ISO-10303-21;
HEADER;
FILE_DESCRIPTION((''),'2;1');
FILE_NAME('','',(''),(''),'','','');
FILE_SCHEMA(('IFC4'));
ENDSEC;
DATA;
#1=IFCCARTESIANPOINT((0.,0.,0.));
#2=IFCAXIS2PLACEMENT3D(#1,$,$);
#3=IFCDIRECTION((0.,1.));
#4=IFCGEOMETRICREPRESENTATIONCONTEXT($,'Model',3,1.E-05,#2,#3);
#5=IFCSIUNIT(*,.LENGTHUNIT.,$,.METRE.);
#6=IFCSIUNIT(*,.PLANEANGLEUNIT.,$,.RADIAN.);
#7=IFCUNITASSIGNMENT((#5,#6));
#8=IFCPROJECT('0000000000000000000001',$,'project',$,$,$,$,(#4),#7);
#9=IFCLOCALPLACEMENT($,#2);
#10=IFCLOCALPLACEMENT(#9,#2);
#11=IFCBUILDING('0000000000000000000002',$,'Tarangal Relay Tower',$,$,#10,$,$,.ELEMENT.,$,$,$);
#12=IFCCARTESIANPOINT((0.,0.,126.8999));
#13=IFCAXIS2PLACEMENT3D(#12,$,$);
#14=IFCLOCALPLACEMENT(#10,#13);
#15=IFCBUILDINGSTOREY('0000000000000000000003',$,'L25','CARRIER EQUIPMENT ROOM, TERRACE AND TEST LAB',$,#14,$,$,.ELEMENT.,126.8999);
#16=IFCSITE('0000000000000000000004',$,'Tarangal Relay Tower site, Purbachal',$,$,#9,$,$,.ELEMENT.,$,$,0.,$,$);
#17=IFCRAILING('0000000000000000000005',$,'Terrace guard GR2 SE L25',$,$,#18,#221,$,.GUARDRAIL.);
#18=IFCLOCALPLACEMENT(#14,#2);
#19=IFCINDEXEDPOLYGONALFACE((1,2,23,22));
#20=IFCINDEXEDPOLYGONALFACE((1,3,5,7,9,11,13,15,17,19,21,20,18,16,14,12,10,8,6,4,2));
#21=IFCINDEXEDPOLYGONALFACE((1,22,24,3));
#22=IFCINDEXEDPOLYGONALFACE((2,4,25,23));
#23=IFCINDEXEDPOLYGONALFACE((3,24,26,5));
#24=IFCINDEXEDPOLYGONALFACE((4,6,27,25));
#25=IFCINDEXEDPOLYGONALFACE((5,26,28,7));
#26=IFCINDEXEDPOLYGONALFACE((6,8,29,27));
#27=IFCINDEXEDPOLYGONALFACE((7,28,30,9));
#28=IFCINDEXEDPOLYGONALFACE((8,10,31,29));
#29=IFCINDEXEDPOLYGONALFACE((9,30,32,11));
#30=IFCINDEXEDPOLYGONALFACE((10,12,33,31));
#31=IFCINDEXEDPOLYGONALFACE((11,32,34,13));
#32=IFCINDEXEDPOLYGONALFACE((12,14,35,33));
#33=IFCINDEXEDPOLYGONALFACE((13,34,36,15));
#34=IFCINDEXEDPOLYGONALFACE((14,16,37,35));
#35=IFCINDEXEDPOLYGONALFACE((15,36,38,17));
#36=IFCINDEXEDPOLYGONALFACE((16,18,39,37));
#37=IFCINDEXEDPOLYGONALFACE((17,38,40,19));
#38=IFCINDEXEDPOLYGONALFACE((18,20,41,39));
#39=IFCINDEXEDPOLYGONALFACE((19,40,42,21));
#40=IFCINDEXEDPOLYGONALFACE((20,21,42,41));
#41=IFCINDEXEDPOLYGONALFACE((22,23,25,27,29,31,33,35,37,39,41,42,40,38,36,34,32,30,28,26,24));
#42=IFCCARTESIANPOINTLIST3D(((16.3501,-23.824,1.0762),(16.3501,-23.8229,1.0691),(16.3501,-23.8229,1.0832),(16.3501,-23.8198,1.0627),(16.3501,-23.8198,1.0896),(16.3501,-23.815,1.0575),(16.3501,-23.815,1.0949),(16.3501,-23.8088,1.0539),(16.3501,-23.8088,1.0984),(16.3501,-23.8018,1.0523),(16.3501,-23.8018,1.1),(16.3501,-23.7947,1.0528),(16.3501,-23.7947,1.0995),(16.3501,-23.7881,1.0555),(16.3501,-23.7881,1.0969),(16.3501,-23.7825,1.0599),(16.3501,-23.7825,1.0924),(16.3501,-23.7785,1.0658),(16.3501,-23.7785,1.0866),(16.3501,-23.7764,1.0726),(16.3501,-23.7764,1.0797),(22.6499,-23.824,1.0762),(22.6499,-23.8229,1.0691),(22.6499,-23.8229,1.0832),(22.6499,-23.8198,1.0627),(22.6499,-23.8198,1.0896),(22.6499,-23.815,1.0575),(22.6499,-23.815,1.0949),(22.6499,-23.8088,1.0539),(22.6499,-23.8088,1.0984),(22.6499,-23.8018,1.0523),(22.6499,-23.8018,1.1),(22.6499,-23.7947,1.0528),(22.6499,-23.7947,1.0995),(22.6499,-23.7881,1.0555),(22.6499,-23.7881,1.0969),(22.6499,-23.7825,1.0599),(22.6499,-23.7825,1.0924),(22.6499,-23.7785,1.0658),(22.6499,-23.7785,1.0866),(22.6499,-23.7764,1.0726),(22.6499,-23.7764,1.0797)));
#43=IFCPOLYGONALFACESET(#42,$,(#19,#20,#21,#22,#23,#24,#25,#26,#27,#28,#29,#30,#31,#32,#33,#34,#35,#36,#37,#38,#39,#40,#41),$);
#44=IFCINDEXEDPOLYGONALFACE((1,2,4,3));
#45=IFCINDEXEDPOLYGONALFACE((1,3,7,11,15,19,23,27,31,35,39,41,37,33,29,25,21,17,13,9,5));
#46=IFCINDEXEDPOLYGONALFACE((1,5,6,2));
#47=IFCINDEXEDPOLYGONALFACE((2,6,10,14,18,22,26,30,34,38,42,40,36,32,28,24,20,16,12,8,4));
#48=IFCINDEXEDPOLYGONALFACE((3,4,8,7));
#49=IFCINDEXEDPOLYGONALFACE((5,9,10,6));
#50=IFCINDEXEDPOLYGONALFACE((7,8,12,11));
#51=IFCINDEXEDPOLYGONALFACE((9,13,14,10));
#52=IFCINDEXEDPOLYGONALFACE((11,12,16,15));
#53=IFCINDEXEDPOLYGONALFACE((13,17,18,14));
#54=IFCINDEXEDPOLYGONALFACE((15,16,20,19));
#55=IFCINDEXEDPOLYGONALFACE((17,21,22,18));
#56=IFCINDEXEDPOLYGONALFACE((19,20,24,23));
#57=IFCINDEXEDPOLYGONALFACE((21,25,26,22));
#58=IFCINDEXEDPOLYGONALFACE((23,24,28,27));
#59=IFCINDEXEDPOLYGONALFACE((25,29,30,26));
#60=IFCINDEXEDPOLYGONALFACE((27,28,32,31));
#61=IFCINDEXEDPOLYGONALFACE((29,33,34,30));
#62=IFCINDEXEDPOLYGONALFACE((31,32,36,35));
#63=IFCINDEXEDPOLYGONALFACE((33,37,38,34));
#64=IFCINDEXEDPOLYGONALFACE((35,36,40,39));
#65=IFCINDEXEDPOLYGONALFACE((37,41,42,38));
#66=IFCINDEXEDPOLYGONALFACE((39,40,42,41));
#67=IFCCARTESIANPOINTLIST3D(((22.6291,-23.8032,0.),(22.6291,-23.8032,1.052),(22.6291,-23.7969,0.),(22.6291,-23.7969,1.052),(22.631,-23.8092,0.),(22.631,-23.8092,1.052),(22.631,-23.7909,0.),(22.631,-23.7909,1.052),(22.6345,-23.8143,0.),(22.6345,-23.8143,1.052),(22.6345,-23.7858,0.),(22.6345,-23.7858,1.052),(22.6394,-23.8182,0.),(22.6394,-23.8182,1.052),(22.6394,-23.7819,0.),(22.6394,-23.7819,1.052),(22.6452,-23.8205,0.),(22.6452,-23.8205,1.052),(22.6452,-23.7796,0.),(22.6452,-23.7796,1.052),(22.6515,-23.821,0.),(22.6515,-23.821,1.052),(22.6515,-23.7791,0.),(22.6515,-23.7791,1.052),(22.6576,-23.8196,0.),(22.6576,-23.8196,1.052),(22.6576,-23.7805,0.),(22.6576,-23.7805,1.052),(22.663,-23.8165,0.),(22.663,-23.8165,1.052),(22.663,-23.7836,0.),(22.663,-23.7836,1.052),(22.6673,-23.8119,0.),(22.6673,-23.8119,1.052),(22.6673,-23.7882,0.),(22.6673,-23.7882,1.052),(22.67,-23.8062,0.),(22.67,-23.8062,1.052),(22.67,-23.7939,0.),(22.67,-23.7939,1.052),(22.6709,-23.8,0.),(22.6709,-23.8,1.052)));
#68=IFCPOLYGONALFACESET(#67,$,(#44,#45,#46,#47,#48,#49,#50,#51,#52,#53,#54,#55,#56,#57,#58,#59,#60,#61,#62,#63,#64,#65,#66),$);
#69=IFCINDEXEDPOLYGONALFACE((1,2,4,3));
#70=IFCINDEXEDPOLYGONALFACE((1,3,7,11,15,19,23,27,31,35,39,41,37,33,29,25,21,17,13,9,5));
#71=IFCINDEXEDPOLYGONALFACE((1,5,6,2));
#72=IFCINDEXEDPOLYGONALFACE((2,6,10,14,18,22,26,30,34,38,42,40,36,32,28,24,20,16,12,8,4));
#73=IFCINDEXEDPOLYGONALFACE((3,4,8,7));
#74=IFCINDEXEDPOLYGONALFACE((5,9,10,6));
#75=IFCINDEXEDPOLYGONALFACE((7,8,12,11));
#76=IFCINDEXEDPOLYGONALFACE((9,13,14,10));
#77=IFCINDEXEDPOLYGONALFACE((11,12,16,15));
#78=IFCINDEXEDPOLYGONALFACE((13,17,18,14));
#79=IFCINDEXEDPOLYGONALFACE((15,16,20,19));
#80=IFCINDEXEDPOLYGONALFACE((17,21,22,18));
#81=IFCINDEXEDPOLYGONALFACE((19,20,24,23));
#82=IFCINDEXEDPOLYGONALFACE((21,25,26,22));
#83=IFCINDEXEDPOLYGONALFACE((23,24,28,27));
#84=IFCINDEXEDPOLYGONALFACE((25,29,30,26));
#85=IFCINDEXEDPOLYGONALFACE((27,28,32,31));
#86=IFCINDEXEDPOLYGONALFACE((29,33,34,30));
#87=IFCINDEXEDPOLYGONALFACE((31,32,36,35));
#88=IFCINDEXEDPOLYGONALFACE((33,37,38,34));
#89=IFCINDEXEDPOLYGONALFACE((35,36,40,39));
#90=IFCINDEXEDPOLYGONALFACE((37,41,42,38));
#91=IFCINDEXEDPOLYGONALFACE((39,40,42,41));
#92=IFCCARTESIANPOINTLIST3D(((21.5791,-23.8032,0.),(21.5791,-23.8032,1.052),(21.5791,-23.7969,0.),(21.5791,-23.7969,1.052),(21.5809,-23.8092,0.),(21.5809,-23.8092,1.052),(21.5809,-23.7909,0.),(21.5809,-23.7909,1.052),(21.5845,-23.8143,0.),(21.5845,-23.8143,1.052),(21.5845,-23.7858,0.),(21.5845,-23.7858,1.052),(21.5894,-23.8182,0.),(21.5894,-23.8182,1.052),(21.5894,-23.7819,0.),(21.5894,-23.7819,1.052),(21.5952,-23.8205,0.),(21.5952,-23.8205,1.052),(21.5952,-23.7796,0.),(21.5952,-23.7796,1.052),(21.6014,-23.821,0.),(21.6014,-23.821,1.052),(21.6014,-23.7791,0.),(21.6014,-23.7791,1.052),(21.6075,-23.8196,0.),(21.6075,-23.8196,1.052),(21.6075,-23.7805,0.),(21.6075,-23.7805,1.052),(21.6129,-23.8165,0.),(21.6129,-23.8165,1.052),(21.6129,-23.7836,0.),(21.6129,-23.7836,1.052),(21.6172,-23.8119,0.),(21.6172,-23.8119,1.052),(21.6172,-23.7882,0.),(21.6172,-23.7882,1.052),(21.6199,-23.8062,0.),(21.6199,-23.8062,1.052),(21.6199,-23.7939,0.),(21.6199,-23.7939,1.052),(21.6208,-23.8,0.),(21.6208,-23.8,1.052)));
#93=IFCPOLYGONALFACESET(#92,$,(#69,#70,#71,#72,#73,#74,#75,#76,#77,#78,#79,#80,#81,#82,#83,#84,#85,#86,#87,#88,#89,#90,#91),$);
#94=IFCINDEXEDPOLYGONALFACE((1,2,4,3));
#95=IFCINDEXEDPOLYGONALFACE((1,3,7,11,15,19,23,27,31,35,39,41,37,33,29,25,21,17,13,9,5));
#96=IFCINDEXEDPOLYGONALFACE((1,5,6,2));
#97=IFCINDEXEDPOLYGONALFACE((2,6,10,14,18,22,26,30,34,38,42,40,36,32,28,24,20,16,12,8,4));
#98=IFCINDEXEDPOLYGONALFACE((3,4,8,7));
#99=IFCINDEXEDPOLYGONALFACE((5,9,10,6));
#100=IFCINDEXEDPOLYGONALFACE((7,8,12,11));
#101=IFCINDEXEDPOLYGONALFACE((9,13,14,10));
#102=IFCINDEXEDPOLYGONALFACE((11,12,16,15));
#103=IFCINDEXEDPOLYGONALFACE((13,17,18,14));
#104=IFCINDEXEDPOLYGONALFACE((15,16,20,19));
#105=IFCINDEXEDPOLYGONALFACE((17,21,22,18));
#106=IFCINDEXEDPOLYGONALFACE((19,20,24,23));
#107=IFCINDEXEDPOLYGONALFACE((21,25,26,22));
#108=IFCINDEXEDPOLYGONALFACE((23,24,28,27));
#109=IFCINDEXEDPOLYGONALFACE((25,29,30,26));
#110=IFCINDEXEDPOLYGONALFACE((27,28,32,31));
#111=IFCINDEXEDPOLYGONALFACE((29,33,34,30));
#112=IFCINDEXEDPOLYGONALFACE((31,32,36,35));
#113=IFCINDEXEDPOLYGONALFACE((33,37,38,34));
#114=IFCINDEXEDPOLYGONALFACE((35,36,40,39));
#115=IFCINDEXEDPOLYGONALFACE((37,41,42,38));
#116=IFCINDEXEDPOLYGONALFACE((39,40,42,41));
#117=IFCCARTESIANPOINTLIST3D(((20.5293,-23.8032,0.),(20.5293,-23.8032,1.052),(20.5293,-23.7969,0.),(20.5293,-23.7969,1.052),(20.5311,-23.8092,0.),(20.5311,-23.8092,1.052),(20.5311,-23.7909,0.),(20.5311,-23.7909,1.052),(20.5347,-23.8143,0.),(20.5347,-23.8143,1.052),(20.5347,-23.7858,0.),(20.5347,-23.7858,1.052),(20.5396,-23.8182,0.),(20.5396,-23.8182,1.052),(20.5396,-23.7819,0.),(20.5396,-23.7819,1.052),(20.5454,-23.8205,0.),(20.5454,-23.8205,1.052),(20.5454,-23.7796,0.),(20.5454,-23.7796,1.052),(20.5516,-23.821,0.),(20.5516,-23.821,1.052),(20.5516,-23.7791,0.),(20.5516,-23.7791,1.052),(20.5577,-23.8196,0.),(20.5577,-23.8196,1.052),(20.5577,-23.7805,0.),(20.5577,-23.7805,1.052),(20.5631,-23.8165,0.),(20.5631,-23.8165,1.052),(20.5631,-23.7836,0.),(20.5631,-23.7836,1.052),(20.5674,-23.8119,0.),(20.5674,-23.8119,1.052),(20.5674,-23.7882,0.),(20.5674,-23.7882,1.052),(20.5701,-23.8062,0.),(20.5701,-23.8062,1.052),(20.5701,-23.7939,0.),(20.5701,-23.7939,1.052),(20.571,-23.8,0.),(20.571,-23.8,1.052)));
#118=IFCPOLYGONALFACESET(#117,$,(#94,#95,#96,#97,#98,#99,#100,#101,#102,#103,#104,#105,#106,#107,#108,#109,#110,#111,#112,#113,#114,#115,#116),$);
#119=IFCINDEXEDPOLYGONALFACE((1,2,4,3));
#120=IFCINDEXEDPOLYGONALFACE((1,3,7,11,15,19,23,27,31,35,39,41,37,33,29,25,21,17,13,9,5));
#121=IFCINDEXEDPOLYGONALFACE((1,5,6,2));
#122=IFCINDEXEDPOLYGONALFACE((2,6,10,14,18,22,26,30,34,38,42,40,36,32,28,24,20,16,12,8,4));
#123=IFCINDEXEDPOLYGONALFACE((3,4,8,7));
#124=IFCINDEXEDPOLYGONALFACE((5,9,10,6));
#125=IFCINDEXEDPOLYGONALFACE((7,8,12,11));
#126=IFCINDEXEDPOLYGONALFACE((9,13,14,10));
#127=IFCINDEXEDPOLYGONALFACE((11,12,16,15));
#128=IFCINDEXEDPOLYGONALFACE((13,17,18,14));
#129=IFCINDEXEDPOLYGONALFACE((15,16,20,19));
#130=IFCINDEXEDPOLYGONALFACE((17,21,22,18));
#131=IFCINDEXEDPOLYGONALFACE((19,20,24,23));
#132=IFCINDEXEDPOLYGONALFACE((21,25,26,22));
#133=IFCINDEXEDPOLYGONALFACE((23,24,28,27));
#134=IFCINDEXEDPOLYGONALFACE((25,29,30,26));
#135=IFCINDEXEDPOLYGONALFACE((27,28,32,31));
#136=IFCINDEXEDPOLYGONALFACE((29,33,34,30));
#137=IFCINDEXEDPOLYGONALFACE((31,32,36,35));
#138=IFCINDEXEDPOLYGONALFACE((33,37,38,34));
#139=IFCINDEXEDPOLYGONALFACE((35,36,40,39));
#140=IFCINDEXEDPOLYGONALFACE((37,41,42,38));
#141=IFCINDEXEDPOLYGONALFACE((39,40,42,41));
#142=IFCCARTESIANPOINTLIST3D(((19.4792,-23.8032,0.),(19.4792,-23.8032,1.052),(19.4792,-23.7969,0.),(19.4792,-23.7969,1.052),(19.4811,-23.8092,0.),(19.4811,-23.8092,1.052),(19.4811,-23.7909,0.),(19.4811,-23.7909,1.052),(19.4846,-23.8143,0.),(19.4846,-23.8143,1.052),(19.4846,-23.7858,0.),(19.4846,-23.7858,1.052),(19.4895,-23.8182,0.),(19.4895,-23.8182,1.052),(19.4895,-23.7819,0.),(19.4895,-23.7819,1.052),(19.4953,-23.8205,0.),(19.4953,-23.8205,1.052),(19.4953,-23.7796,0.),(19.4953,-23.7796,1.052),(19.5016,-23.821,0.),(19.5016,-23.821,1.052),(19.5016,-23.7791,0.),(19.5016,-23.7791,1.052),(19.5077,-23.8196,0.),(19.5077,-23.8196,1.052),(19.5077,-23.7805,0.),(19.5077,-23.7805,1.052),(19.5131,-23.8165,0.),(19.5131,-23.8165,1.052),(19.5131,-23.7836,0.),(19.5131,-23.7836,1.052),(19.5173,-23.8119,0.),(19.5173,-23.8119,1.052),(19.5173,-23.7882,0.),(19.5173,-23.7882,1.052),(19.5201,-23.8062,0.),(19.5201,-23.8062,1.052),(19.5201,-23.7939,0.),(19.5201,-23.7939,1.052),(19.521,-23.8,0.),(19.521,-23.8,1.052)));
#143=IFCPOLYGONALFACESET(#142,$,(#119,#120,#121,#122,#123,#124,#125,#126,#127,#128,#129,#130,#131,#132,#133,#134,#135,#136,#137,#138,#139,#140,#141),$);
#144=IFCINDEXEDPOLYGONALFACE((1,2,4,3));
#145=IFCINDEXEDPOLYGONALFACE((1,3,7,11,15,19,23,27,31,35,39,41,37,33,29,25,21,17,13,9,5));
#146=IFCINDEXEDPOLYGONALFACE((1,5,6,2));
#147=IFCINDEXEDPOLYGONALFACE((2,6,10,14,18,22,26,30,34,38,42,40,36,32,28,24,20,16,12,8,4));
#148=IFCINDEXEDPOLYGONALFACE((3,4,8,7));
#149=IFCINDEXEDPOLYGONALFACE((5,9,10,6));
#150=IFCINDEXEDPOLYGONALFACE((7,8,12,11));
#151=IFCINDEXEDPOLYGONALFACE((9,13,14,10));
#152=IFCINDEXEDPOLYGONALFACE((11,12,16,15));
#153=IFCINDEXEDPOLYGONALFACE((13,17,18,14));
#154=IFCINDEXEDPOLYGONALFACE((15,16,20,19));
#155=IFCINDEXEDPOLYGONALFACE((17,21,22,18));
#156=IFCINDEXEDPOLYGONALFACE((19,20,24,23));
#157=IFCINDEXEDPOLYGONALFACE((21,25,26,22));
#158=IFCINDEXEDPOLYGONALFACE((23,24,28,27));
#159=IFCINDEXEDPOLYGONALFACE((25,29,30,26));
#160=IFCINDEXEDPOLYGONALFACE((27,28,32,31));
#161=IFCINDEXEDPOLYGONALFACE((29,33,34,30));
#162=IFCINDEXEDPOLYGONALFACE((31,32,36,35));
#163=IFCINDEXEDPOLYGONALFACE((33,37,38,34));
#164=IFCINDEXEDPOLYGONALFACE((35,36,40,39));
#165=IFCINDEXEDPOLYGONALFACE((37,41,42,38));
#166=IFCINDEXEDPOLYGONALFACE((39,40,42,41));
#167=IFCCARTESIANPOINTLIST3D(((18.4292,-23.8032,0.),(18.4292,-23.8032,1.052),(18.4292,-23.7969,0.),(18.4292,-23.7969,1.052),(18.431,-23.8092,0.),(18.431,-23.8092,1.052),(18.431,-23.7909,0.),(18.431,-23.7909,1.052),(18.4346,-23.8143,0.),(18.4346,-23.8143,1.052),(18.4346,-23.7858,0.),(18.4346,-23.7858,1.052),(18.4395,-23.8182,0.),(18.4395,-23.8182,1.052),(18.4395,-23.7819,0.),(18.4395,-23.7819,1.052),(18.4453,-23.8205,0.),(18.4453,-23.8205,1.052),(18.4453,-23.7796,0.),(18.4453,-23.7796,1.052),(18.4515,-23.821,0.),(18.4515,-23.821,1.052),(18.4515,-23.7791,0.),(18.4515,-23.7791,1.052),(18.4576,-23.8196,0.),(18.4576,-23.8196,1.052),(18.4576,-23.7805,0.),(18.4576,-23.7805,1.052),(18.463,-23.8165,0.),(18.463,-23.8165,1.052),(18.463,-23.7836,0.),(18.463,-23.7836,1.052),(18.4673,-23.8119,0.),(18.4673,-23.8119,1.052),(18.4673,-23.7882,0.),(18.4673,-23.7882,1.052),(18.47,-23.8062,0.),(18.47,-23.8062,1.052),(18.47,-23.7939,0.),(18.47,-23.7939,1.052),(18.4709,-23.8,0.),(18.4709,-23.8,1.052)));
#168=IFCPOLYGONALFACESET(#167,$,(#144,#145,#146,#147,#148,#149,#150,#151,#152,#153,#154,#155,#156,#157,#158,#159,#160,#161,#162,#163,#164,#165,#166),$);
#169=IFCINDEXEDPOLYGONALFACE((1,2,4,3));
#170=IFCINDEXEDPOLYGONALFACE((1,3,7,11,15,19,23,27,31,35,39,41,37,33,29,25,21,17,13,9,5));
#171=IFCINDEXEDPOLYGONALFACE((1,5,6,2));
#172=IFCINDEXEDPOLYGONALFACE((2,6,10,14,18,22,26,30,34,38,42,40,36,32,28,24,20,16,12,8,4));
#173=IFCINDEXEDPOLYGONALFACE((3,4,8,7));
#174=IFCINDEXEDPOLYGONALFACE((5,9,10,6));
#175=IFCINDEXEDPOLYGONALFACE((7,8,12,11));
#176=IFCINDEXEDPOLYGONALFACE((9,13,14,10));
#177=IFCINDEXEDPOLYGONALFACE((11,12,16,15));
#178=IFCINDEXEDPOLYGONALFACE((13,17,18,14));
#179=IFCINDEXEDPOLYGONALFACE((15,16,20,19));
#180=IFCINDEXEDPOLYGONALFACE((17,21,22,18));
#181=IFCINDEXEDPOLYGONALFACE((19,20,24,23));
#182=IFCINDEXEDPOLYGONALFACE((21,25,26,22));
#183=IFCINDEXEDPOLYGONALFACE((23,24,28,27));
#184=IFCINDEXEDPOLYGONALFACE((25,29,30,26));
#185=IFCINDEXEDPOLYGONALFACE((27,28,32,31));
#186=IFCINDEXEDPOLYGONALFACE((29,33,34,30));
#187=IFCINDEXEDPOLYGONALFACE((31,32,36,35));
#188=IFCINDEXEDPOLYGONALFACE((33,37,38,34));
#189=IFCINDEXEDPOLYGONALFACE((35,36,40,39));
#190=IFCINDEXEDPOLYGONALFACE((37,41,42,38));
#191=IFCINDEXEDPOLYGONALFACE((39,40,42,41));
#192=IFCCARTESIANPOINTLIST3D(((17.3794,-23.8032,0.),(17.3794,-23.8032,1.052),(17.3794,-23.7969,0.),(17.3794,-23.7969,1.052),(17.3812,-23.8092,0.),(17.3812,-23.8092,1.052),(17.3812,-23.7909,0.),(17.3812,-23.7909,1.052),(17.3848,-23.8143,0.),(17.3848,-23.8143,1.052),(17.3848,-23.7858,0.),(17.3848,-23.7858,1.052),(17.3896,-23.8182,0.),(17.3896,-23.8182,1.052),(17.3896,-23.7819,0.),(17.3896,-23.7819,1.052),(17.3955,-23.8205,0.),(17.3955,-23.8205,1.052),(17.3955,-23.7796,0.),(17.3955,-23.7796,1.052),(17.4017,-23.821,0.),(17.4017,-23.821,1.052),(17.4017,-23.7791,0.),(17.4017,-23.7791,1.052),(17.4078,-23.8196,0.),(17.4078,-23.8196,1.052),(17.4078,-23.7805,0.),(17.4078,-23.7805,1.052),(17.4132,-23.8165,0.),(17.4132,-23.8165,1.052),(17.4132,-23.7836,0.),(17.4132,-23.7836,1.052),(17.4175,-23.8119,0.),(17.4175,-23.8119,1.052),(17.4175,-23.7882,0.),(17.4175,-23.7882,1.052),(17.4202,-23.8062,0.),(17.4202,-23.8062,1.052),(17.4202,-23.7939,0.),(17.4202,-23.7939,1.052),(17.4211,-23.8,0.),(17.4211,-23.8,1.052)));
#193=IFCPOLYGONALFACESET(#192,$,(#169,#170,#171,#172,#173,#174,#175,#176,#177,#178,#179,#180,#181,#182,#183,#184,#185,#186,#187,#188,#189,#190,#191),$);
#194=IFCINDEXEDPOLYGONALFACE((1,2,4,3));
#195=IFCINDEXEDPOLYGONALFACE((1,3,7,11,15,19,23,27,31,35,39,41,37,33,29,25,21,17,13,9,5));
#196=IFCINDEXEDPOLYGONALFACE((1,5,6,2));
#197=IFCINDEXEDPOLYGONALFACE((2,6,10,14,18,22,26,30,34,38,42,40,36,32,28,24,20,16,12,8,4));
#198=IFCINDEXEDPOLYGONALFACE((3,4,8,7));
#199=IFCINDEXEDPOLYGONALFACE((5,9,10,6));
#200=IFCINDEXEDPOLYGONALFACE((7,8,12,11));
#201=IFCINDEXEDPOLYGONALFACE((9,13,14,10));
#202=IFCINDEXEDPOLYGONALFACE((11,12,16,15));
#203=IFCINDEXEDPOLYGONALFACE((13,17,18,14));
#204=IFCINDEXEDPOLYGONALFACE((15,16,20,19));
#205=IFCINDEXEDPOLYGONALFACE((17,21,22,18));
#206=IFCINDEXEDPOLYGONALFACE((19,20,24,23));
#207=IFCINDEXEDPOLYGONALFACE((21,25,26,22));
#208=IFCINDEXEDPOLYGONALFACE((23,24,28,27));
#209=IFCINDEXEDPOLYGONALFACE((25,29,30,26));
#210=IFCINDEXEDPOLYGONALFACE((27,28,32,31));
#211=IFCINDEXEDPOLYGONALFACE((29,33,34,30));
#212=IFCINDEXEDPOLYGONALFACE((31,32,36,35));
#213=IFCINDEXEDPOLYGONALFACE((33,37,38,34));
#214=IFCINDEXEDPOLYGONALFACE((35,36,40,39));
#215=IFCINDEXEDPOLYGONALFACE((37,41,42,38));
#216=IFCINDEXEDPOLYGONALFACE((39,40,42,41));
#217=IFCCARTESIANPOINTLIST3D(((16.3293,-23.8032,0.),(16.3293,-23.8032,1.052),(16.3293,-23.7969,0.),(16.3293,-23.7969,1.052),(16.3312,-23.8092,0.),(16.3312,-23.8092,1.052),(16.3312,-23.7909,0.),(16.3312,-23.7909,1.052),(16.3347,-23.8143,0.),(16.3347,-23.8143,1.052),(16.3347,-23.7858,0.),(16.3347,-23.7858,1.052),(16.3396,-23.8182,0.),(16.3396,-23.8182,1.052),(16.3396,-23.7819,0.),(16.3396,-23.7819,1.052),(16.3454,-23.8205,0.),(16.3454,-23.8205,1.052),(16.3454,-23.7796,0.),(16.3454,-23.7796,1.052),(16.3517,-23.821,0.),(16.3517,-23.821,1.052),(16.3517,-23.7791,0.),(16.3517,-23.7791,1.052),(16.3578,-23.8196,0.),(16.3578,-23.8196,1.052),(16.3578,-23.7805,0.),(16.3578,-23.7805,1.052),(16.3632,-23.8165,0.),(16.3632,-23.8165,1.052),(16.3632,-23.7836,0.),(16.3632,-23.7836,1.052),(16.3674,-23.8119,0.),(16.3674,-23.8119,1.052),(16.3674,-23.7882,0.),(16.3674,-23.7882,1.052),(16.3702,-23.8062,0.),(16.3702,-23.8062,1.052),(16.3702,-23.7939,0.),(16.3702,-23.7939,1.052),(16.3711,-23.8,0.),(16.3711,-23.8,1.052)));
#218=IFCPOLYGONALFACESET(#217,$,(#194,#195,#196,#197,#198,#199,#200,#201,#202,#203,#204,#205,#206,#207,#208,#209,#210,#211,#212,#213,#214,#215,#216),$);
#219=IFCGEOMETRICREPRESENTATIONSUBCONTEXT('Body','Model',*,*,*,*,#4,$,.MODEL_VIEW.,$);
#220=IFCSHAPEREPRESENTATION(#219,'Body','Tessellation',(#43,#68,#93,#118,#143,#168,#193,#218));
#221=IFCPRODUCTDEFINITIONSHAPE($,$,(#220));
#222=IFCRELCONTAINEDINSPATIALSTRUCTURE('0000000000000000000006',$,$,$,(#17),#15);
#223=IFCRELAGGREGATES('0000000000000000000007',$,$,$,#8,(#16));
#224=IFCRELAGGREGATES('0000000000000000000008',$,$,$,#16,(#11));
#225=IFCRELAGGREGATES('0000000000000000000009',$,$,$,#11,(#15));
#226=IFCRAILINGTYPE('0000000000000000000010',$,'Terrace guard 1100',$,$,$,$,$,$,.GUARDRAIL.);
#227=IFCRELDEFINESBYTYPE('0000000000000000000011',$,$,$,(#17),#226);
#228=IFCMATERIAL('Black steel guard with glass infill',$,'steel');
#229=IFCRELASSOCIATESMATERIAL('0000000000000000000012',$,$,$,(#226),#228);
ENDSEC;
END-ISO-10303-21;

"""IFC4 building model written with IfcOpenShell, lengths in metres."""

from ifc_helpers import new_model, si_unit, direction, frame, origin, origin_2d, place, context, subcontext, project, spatial, circle, extrude, material, type_object, element, save


model = new_model("IFC4")

# Units and contexts
model_context = context("Model", 3, precision=1e-05, world=origin(), true_north=direction((0.0, 1.0)))
body_context = subcontext(model_context, "Body", "Model", "MODEL_VIEW")
ifc_project = project(units=[si_unit("LENGTHUNIT", "METRE"), si_unit("PLANEANGLEUNIT", "RADIAN")], contexts=[model_context])

# Site, building, storey
site_placement = place(None, origin())
site = spatial("IfcSite", under=ifc_project, at=site_placement, Name="Tarangal Relay Tower site, Purbachal", CompositionType="ELEMENT", RefElevation=0.0)
building_placement = place(site_placement, origin())
building = spatial("IfcBuilding", under=site, at=building_placement, Name="Tarangal Relay Tower", CompositionType="ELEMENT")
storey_placement = place(building_placement, frame((0.0, 0.0, 126.8999)))
storey = spatial("IfcBuildingStorey", under=building, at=storey_placement, Name="L25", Description="CARRIER EQUIPMENT ROOM, TERRACE AND TEST LAB", CompositionType="ELEMENT", Elevation=126.8999)

# Railing
ifc_material_1 = material(Name="Black steel guard with glass infill", Category="steel")
railing_type = type_object("IfcRailingType", Name="Terrace guard 1100", PredefinedType="GUARDRAIL", material=ifc_material_1)
railing_1_placement = place(storey_placement, frame((22.6499, -23.8, 0.0)))
element("IfcRailing", 1, at=railing_1_placement, inside=storey, type_object=railing_type, Name="Terrace guard GR2 SE L25", PredefinedType="GUARDRAIL", context=body_context, shape_type="SweptSolid", body=[
    extrude(circle(Radius=0.0239, at=origin_2d()), frame((0.0, 0.0, 1.0762), z_axis=(-1.0, 0.0, 0.0), x_axis=(0.0, -1.0, 0.0)), (0.0, 0.0, 1.0), 6.2998),
    extrude(circle(Radius=0.021, at=origin_2d()), origin(), (0.0, 0.0, 1.0), 1.052),
    extrude(circle(Radius=0.021, at=origin_2d()), frame((-1.05, 0.0, 0.0)), (0.0, 0.0, 1.0), 1.052),
    extrude(circle(Radius=0.021, at=origin_2d()), frame((-2.0999, 0.0, 0.0)), (0.0, 0.0, 1.0), 1.052),
    extrude(circle(Radius=0.021, at=origin_2d()), frame((-3.1499, 0.0, 0.0)), (0.0, 0.0, 1.0), 1.052),
    extrude(circle(Radius=0.021, at=origin_2d()), frame((-4.2, 0.0, 0.0)), (0.0, 0.0, 1.0), 1.052),
    extrude(circle(Radius=0.021, at=origin_2d()), frame((-5.2498, 0.0, 0.0)), (0.0, 0.0, 1.0), 1.052),
    extrude(circle(Radius=0.021, at=origin_2d()), frame((-6.2998, 0.0, 0.0)), (0.0, 0.0, 1.0), 1.052),
])

save(model, "model.ifc")
